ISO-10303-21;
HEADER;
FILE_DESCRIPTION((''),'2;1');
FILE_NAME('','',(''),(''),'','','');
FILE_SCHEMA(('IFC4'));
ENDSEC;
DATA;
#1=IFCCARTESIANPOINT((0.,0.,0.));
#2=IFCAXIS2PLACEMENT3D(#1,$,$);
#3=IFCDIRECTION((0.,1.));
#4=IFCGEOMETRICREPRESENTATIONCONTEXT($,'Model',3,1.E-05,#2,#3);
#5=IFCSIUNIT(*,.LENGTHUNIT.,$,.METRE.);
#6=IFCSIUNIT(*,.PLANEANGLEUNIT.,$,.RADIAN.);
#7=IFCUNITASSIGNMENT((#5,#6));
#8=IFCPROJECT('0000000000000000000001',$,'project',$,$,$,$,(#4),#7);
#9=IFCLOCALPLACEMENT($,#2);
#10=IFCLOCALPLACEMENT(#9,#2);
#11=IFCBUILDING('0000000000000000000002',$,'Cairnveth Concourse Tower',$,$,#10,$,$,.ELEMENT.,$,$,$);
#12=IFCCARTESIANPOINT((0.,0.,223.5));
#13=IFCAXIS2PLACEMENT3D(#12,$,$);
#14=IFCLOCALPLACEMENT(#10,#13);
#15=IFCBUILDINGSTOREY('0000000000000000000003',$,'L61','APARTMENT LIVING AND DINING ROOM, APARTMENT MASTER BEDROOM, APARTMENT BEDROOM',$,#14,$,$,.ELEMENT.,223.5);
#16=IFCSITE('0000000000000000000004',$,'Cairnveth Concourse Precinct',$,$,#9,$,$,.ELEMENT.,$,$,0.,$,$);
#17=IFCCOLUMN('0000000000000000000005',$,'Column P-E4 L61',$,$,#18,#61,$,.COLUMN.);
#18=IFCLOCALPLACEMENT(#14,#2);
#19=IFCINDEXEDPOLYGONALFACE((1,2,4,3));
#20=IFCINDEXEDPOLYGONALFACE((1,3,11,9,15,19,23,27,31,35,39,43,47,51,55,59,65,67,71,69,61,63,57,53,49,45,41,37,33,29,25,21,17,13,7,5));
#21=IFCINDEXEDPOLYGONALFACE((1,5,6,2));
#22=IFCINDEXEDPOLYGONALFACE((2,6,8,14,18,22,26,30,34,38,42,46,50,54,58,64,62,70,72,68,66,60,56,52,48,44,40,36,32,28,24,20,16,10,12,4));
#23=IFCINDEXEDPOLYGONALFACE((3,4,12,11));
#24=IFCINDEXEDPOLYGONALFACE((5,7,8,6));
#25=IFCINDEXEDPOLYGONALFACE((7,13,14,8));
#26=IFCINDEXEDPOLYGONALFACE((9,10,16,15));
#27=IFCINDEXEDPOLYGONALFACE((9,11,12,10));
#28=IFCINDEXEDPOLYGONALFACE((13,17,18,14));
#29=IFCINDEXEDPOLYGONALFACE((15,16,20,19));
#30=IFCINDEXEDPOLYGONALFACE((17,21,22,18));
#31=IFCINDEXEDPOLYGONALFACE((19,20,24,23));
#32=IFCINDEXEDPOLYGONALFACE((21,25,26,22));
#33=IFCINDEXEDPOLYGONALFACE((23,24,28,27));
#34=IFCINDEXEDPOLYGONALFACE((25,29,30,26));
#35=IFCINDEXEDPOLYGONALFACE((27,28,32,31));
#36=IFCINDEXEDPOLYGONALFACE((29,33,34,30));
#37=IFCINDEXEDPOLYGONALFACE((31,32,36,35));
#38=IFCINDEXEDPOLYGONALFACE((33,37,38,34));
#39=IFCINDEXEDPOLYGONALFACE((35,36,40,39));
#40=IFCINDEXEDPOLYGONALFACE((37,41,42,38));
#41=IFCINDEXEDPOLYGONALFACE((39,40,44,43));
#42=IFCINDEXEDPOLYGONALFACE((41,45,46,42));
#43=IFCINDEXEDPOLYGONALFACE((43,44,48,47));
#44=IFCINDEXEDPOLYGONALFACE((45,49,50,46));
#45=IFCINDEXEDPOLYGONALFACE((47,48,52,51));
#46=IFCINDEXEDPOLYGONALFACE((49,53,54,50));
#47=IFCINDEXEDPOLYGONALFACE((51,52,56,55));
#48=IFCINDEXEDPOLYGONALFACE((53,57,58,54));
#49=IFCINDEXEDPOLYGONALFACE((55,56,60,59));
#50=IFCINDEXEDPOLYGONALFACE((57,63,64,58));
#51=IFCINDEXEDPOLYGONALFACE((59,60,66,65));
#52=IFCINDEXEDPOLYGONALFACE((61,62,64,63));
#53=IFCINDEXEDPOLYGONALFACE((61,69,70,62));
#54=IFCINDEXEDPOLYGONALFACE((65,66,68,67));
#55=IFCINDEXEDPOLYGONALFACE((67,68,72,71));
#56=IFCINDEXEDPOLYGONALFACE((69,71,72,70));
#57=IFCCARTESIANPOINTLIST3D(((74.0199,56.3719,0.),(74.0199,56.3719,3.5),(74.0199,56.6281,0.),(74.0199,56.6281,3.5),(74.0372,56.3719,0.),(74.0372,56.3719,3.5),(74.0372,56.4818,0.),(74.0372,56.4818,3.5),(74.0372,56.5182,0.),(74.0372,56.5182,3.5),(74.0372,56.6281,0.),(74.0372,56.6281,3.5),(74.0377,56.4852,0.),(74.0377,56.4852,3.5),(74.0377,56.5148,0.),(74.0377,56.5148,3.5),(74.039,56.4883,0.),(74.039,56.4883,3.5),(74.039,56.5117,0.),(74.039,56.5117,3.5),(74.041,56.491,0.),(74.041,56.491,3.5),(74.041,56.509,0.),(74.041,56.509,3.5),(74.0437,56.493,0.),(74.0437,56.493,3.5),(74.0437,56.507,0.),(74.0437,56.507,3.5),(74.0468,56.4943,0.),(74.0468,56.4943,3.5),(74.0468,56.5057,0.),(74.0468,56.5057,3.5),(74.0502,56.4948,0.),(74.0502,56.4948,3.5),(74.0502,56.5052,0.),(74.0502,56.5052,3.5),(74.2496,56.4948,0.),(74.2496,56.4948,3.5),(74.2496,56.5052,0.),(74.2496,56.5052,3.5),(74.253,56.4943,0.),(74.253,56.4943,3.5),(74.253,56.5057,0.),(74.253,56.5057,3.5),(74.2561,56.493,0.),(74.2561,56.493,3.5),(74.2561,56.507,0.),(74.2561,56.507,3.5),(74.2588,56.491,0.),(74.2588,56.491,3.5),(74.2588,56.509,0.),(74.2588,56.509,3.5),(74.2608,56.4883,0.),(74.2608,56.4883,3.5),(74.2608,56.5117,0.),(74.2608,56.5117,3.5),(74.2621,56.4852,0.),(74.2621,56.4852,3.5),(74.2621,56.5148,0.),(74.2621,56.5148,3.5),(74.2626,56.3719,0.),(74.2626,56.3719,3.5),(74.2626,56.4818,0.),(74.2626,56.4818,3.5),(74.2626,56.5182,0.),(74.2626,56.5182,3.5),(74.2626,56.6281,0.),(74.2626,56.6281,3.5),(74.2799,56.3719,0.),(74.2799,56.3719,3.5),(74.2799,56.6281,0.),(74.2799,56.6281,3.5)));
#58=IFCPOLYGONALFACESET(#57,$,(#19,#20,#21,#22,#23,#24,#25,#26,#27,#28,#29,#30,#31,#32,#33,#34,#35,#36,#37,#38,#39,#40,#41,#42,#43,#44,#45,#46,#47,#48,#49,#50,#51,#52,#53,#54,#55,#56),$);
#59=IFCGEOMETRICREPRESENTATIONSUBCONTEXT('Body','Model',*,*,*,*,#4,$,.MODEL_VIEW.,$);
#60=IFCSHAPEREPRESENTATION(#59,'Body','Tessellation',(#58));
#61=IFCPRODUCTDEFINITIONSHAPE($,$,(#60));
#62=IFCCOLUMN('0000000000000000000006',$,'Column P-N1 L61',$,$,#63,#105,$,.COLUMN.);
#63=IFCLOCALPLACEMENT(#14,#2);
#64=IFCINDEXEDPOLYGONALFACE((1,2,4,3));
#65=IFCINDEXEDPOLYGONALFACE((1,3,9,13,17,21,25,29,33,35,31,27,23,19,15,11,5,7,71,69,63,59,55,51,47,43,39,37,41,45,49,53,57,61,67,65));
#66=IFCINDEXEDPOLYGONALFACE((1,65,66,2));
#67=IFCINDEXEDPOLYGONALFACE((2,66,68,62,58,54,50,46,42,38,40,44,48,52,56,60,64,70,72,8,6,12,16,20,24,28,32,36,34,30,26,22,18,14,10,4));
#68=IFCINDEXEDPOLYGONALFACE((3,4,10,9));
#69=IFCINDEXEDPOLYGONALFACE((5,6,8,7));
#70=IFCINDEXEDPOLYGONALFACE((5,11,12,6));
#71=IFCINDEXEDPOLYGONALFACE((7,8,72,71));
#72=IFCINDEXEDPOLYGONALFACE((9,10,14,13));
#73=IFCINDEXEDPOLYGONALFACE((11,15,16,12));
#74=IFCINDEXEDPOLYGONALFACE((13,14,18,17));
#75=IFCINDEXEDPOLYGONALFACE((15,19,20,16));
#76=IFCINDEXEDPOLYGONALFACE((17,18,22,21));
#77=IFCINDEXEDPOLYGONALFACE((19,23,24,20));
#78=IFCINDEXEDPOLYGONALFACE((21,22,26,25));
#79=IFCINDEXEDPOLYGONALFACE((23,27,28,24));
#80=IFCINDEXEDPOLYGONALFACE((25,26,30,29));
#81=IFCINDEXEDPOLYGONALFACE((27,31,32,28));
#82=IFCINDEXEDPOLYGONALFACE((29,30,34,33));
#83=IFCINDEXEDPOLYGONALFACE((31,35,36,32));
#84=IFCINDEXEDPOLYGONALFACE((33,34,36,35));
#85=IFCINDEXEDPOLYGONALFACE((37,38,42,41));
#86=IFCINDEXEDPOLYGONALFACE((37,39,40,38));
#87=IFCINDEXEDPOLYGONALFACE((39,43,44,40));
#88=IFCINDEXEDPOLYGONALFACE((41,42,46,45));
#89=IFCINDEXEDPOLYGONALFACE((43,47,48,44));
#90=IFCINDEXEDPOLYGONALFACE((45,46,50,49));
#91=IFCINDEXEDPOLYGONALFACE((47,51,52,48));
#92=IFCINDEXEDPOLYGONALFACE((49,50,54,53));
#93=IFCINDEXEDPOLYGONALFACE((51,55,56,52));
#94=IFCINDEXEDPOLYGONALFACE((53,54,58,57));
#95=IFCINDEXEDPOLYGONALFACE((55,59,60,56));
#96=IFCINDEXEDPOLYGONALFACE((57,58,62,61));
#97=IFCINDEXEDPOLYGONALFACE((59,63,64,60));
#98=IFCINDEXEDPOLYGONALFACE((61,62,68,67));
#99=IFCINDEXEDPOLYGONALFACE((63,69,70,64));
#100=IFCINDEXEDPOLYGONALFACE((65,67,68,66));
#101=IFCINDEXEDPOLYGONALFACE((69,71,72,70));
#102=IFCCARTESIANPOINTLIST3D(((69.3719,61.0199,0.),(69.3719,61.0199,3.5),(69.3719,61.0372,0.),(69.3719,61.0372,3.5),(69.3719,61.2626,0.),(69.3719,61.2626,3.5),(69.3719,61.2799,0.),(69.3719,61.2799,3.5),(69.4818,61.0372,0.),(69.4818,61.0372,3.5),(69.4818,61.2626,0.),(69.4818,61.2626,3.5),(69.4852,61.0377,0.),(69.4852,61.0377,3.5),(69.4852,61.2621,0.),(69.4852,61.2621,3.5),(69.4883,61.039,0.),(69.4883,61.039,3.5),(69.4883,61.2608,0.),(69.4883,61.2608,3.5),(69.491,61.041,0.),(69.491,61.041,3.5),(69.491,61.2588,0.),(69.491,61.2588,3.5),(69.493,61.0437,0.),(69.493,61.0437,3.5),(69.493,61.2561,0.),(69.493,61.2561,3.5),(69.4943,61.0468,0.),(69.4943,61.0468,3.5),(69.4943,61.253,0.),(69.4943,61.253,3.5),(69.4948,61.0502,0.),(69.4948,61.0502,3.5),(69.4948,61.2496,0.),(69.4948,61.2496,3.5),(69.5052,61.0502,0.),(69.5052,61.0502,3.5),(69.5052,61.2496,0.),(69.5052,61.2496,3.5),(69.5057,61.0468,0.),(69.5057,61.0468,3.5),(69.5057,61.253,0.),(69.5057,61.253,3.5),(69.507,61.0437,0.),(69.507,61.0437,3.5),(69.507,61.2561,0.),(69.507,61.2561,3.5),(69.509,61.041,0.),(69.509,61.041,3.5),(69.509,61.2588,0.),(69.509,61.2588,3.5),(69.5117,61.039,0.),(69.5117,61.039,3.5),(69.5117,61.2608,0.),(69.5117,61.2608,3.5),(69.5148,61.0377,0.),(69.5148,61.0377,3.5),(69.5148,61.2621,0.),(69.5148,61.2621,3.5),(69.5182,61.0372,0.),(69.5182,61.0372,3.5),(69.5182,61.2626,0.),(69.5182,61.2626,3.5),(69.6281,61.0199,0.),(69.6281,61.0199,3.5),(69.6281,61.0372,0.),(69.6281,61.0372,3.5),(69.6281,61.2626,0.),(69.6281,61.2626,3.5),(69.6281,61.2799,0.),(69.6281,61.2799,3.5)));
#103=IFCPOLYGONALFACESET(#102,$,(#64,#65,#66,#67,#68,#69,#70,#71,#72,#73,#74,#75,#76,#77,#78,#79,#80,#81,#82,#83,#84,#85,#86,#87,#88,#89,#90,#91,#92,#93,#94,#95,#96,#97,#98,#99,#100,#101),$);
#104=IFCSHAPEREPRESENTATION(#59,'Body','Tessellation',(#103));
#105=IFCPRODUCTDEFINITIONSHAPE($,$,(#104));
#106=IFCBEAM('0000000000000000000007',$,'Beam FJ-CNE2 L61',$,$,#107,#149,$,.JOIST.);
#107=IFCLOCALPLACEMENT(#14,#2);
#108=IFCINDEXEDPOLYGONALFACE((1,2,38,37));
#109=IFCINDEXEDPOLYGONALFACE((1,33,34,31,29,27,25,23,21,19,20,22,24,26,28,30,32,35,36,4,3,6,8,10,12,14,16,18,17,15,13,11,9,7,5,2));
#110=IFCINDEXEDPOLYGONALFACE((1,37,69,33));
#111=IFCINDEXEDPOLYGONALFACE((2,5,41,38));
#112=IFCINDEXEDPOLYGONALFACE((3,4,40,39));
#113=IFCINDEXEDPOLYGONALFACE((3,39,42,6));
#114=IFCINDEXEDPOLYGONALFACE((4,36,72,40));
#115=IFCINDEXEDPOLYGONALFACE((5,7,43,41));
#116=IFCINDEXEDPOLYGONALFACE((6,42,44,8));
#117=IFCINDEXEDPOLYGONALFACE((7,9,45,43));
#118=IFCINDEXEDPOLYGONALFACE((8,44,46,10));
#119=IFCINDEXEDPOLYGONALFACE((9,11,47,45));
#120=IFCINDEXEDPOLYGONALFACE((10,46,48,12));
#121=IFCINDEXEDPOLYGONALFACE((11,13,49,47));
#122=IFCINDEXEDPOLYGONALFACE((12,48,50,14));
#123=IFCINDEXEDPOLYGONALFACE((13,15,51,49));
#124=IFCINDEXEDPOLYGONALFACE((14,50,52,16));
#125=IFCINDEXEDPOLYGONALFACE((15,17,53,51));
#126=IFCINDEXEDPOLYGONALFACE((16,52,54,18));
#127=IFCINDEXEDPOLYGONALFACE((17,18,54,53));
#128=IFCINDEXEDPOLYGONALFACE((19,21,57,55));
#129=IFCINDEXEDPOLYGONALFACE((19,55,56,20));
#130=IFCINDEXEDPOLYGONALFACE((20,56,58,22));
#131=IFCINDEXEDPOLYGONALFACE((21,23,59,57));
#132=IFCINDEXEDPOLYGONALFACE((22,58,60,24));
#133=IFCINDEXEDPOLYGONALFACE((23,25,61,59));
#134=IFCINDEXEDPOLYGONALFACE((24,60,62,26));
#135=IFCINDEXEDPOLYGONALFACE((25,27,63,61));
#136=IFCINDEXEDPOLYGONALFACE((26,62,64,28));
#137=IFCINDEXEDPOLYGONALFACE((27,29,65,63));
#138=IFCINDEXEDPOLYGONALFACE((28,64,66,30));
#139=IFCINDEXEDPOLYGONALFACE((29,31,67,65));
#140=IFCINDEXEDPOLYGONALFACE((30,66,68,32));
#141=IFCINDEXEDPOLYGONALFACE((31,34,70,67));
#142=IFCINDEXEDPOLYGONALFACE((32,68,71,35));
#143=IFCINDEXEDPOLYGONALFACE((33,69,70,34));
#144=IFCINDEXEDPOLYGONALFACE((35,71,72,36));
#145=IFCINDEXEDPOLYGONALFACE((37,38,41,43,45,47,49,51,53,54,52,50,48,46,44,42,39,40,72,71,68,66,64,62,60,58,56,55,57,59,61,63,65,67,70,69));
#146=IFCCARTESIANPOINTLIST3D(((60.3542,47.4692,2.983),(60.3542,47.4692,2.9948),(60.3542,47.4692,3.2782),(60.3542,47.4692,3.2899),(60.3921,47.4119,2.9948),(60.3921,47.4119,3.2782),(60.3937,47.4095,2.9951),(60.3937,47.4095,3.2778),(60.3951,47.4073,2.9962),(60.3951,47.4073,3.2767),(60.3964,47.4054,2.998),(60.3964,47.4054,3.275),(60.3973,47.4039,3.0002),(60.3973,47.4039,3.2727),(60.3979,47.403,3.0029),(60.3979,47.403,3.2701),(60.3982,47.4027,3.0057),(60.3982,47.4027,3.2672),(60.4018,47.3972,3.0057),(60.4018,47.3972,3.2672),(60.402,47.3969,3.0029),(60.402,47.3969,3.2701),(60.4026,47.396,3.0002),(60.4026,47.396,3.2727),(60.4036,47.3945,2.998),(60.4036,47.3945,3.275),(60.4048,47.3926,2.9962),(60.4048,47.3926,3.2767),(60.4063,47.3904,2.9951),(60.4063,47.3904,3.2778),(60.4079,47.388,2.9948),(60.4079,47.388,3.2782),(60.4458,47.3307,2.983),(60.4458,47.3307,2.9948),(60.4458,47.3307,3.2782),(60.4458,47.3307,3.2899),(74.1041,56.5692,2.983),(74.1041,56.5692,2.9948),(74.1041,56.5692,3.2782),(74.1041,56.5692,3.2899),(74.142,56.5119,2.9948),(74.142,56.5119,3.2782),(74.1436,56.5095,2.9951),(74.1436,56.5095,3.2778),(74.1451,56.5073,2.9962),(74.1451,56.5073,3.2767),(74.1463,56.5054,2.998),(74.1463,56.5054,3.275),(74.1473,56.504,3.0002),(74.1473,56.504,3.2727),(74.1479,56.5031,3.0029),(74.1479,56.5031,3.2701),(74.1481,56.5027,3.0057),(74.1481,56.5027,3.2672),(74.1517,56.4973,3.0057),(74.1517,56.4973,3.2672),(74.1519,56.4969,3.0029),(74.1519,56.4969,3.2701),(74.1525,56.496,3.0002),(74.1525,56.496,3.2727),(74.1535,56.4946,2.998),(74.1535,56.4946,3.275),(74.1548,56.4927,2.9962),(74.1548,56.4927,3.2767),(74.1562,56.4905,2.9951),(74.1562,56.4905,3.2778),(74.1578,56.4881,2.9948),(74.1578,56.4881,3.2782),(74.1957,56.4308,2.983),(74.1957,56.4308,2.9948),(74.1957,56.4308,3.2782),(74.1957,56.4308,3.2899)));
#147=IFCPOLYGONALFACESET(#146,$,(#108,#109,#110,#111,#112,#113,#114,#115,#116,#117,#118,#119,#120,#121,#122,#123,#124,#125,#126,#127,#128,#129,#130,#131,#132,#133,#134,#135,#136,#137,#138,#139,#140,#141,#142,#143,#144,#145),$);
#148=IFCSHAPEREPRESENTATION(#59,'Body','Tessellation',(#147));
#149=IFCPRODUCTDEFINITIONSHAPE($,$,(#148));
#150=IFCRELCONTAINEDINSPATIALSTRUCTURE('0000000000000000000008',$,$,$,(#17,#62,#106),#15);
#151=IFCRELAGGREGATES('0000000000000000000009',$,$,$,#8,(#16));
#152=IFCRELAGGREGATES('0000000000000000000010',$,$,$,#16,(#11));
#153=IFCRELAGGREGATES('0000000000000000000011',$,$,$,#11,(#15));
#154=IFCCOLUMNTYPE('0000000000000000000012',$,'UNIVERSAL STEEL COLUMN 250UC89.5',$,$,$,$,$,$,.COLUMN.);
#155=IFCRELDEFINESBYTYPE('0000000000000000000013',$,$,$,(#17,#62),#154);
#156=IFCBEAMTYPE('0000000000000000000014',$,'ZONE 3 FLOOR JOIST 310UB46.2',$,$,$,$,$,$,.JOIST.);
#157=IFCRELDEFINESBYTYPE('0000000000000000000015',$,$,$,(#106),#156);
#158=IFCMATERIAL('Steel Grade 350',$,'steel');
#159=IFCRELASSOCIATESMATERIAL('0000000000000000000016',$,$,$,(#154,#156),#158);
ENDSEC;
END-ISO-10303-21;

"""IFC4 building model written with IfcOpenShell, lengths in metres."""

from ifc_helpers import new_model, si_unit, direction, frame, origin, origin_2d, place, context, subcontext, project, spatial, i_section, extrude, material, material_profile, profile_set, type_object, element, save


model = new_model("IFC4")

# Units and contexts
model_context = context("Model", 3, precision=1e-05, world=origin(), true_north=direction((0.0, 1.0)))
body_context = subcontext(model_context, "Body", "Model", "MODEL_VIEW")
ifc_project = project(units=[si_unit("LENGTHUNIT", "METRE"), si_unit("PLANEANGLEUNIT", "RADIAN")], contexts=[model_context])

# Site, building, storey
site_placement = place(None, origin())
site = spatial("IfcSite", under=ifc_project, at=site_placement, Name="Cairnveth Concourse Precinct", CompositionType="ELEMENT", RefElevation=0.0)
building_placement = place(site_placement, origin())
building = spatial("IfcBuilding", under=site, at=building_placement, Name="Cairnveth Concourse Tower", CompositionType="ELEMENT")
storey_placement = place(building_placement, frame((0.0, 0.0, 223.5)))
storey = spatial("IfcBuildingStorey", under=building, at=storey_placement, Name="L61", Description="APARTMENT LIVING AND DINING ROOM, APARTMENT MASTER BEDROOM, APARTMENT BEDROOM", CompositionType="ELEMENT", Elevation=223.5)

# Columns
ifc_material_1 = material(Name="Steel Grade 350", Category="steel")
ifc_material_profile_1 = material_profile(ifc_material_1, i_section(OverallWidth=0.2561, OverallDepth=0.26, WebThickness=0.0105, FlangeThickness=0.0173, FilletRadius=0.0129, at=origin_2d()), Name="250UC89.5")
ifc_profile_set_1 = profile_set([ifc_material_profile_1], Name="Steel Grade 350")
column_type = type_object("IfcColumnType", Name="UNIVERSAL STEEL COLUMN 250UC89.5", PredefinedType="COLUMN", material=ifc_profile_set_1)
for number, where, z_axis, x_axis, name in (
    (1, (74.1499, 56.5, 0.0), (0.0, 0.0, 1.0), (0.0, 1.0, 0.0), "Column P-E4 L61"),
    (2, (69.5, 61.1499, 0.0), (0.0, 0.0, 1.0), (1.0, 0.0, 0.0), "Column P-N1 L61"),
):
    element("IfcColumn", number, at=place(storey_placement, frame(where, z_axis=z_axis, x_axis=x_axis)), inside=storey, type_object=column_type, Name=name, PredefinedType="COLUMN", context=body_context, shape_type="SweptSolid", body=[
        extrude(i_section(OverallWidth=0.2561, OverallDepth=0.26, WebThickness=0.0105, FlangeThickness=0.0173, FilletRadius=0.0129, at=origin_2d()), origin(), (0.0, 0.0, 1.0), 3.5),
    ])

# Beam
ifc_material_profile_2 = material_profile(ifc_material_1, i_section(OverallWidth=0.166, OverallDepth=0.3069, WebThickness=0.0066, FlangeThickness=0.0117, FilletRadius=0.011, at=origin_2d()), Name="310UB46.2")
ifc_profile_set_2 = profile_set([ifc_material_profile_2], Name="Steel Grade 350")
beam_type_1 = type_object("IfcBeamType", Name="ZONE 3 FLOOR JOIST 310UB46.2", PredefinedType="JOIST", material=ifc_profile_set_2)
beam_1_placement = place(storey_placement, frame((74.1499, 56.5, 3.1365), z_axis=(-0.833909, -0.551902, 0.0), x_axis=(0.551902, -0.833909, 0.0)))
element("IfcBeam", 3, at=beam_1_placement, inside=storey, type_object=beam_type_1, Name="Beam FJ-CNE2 L61", PredefinedType="JOIST", context=body_context, shape_type="SweptSolid", body=[
    extrude(i_section(OverallWidth=0.166, OverallDepth=0.3069, WebThickness=0.0066, FlangeThickness=0.0117, FilletRadius=0.011, at=origin_2d()), origin(), (0.0, 0.0, 1.0), 16.4885),
])

save(model, "model.ifc")
